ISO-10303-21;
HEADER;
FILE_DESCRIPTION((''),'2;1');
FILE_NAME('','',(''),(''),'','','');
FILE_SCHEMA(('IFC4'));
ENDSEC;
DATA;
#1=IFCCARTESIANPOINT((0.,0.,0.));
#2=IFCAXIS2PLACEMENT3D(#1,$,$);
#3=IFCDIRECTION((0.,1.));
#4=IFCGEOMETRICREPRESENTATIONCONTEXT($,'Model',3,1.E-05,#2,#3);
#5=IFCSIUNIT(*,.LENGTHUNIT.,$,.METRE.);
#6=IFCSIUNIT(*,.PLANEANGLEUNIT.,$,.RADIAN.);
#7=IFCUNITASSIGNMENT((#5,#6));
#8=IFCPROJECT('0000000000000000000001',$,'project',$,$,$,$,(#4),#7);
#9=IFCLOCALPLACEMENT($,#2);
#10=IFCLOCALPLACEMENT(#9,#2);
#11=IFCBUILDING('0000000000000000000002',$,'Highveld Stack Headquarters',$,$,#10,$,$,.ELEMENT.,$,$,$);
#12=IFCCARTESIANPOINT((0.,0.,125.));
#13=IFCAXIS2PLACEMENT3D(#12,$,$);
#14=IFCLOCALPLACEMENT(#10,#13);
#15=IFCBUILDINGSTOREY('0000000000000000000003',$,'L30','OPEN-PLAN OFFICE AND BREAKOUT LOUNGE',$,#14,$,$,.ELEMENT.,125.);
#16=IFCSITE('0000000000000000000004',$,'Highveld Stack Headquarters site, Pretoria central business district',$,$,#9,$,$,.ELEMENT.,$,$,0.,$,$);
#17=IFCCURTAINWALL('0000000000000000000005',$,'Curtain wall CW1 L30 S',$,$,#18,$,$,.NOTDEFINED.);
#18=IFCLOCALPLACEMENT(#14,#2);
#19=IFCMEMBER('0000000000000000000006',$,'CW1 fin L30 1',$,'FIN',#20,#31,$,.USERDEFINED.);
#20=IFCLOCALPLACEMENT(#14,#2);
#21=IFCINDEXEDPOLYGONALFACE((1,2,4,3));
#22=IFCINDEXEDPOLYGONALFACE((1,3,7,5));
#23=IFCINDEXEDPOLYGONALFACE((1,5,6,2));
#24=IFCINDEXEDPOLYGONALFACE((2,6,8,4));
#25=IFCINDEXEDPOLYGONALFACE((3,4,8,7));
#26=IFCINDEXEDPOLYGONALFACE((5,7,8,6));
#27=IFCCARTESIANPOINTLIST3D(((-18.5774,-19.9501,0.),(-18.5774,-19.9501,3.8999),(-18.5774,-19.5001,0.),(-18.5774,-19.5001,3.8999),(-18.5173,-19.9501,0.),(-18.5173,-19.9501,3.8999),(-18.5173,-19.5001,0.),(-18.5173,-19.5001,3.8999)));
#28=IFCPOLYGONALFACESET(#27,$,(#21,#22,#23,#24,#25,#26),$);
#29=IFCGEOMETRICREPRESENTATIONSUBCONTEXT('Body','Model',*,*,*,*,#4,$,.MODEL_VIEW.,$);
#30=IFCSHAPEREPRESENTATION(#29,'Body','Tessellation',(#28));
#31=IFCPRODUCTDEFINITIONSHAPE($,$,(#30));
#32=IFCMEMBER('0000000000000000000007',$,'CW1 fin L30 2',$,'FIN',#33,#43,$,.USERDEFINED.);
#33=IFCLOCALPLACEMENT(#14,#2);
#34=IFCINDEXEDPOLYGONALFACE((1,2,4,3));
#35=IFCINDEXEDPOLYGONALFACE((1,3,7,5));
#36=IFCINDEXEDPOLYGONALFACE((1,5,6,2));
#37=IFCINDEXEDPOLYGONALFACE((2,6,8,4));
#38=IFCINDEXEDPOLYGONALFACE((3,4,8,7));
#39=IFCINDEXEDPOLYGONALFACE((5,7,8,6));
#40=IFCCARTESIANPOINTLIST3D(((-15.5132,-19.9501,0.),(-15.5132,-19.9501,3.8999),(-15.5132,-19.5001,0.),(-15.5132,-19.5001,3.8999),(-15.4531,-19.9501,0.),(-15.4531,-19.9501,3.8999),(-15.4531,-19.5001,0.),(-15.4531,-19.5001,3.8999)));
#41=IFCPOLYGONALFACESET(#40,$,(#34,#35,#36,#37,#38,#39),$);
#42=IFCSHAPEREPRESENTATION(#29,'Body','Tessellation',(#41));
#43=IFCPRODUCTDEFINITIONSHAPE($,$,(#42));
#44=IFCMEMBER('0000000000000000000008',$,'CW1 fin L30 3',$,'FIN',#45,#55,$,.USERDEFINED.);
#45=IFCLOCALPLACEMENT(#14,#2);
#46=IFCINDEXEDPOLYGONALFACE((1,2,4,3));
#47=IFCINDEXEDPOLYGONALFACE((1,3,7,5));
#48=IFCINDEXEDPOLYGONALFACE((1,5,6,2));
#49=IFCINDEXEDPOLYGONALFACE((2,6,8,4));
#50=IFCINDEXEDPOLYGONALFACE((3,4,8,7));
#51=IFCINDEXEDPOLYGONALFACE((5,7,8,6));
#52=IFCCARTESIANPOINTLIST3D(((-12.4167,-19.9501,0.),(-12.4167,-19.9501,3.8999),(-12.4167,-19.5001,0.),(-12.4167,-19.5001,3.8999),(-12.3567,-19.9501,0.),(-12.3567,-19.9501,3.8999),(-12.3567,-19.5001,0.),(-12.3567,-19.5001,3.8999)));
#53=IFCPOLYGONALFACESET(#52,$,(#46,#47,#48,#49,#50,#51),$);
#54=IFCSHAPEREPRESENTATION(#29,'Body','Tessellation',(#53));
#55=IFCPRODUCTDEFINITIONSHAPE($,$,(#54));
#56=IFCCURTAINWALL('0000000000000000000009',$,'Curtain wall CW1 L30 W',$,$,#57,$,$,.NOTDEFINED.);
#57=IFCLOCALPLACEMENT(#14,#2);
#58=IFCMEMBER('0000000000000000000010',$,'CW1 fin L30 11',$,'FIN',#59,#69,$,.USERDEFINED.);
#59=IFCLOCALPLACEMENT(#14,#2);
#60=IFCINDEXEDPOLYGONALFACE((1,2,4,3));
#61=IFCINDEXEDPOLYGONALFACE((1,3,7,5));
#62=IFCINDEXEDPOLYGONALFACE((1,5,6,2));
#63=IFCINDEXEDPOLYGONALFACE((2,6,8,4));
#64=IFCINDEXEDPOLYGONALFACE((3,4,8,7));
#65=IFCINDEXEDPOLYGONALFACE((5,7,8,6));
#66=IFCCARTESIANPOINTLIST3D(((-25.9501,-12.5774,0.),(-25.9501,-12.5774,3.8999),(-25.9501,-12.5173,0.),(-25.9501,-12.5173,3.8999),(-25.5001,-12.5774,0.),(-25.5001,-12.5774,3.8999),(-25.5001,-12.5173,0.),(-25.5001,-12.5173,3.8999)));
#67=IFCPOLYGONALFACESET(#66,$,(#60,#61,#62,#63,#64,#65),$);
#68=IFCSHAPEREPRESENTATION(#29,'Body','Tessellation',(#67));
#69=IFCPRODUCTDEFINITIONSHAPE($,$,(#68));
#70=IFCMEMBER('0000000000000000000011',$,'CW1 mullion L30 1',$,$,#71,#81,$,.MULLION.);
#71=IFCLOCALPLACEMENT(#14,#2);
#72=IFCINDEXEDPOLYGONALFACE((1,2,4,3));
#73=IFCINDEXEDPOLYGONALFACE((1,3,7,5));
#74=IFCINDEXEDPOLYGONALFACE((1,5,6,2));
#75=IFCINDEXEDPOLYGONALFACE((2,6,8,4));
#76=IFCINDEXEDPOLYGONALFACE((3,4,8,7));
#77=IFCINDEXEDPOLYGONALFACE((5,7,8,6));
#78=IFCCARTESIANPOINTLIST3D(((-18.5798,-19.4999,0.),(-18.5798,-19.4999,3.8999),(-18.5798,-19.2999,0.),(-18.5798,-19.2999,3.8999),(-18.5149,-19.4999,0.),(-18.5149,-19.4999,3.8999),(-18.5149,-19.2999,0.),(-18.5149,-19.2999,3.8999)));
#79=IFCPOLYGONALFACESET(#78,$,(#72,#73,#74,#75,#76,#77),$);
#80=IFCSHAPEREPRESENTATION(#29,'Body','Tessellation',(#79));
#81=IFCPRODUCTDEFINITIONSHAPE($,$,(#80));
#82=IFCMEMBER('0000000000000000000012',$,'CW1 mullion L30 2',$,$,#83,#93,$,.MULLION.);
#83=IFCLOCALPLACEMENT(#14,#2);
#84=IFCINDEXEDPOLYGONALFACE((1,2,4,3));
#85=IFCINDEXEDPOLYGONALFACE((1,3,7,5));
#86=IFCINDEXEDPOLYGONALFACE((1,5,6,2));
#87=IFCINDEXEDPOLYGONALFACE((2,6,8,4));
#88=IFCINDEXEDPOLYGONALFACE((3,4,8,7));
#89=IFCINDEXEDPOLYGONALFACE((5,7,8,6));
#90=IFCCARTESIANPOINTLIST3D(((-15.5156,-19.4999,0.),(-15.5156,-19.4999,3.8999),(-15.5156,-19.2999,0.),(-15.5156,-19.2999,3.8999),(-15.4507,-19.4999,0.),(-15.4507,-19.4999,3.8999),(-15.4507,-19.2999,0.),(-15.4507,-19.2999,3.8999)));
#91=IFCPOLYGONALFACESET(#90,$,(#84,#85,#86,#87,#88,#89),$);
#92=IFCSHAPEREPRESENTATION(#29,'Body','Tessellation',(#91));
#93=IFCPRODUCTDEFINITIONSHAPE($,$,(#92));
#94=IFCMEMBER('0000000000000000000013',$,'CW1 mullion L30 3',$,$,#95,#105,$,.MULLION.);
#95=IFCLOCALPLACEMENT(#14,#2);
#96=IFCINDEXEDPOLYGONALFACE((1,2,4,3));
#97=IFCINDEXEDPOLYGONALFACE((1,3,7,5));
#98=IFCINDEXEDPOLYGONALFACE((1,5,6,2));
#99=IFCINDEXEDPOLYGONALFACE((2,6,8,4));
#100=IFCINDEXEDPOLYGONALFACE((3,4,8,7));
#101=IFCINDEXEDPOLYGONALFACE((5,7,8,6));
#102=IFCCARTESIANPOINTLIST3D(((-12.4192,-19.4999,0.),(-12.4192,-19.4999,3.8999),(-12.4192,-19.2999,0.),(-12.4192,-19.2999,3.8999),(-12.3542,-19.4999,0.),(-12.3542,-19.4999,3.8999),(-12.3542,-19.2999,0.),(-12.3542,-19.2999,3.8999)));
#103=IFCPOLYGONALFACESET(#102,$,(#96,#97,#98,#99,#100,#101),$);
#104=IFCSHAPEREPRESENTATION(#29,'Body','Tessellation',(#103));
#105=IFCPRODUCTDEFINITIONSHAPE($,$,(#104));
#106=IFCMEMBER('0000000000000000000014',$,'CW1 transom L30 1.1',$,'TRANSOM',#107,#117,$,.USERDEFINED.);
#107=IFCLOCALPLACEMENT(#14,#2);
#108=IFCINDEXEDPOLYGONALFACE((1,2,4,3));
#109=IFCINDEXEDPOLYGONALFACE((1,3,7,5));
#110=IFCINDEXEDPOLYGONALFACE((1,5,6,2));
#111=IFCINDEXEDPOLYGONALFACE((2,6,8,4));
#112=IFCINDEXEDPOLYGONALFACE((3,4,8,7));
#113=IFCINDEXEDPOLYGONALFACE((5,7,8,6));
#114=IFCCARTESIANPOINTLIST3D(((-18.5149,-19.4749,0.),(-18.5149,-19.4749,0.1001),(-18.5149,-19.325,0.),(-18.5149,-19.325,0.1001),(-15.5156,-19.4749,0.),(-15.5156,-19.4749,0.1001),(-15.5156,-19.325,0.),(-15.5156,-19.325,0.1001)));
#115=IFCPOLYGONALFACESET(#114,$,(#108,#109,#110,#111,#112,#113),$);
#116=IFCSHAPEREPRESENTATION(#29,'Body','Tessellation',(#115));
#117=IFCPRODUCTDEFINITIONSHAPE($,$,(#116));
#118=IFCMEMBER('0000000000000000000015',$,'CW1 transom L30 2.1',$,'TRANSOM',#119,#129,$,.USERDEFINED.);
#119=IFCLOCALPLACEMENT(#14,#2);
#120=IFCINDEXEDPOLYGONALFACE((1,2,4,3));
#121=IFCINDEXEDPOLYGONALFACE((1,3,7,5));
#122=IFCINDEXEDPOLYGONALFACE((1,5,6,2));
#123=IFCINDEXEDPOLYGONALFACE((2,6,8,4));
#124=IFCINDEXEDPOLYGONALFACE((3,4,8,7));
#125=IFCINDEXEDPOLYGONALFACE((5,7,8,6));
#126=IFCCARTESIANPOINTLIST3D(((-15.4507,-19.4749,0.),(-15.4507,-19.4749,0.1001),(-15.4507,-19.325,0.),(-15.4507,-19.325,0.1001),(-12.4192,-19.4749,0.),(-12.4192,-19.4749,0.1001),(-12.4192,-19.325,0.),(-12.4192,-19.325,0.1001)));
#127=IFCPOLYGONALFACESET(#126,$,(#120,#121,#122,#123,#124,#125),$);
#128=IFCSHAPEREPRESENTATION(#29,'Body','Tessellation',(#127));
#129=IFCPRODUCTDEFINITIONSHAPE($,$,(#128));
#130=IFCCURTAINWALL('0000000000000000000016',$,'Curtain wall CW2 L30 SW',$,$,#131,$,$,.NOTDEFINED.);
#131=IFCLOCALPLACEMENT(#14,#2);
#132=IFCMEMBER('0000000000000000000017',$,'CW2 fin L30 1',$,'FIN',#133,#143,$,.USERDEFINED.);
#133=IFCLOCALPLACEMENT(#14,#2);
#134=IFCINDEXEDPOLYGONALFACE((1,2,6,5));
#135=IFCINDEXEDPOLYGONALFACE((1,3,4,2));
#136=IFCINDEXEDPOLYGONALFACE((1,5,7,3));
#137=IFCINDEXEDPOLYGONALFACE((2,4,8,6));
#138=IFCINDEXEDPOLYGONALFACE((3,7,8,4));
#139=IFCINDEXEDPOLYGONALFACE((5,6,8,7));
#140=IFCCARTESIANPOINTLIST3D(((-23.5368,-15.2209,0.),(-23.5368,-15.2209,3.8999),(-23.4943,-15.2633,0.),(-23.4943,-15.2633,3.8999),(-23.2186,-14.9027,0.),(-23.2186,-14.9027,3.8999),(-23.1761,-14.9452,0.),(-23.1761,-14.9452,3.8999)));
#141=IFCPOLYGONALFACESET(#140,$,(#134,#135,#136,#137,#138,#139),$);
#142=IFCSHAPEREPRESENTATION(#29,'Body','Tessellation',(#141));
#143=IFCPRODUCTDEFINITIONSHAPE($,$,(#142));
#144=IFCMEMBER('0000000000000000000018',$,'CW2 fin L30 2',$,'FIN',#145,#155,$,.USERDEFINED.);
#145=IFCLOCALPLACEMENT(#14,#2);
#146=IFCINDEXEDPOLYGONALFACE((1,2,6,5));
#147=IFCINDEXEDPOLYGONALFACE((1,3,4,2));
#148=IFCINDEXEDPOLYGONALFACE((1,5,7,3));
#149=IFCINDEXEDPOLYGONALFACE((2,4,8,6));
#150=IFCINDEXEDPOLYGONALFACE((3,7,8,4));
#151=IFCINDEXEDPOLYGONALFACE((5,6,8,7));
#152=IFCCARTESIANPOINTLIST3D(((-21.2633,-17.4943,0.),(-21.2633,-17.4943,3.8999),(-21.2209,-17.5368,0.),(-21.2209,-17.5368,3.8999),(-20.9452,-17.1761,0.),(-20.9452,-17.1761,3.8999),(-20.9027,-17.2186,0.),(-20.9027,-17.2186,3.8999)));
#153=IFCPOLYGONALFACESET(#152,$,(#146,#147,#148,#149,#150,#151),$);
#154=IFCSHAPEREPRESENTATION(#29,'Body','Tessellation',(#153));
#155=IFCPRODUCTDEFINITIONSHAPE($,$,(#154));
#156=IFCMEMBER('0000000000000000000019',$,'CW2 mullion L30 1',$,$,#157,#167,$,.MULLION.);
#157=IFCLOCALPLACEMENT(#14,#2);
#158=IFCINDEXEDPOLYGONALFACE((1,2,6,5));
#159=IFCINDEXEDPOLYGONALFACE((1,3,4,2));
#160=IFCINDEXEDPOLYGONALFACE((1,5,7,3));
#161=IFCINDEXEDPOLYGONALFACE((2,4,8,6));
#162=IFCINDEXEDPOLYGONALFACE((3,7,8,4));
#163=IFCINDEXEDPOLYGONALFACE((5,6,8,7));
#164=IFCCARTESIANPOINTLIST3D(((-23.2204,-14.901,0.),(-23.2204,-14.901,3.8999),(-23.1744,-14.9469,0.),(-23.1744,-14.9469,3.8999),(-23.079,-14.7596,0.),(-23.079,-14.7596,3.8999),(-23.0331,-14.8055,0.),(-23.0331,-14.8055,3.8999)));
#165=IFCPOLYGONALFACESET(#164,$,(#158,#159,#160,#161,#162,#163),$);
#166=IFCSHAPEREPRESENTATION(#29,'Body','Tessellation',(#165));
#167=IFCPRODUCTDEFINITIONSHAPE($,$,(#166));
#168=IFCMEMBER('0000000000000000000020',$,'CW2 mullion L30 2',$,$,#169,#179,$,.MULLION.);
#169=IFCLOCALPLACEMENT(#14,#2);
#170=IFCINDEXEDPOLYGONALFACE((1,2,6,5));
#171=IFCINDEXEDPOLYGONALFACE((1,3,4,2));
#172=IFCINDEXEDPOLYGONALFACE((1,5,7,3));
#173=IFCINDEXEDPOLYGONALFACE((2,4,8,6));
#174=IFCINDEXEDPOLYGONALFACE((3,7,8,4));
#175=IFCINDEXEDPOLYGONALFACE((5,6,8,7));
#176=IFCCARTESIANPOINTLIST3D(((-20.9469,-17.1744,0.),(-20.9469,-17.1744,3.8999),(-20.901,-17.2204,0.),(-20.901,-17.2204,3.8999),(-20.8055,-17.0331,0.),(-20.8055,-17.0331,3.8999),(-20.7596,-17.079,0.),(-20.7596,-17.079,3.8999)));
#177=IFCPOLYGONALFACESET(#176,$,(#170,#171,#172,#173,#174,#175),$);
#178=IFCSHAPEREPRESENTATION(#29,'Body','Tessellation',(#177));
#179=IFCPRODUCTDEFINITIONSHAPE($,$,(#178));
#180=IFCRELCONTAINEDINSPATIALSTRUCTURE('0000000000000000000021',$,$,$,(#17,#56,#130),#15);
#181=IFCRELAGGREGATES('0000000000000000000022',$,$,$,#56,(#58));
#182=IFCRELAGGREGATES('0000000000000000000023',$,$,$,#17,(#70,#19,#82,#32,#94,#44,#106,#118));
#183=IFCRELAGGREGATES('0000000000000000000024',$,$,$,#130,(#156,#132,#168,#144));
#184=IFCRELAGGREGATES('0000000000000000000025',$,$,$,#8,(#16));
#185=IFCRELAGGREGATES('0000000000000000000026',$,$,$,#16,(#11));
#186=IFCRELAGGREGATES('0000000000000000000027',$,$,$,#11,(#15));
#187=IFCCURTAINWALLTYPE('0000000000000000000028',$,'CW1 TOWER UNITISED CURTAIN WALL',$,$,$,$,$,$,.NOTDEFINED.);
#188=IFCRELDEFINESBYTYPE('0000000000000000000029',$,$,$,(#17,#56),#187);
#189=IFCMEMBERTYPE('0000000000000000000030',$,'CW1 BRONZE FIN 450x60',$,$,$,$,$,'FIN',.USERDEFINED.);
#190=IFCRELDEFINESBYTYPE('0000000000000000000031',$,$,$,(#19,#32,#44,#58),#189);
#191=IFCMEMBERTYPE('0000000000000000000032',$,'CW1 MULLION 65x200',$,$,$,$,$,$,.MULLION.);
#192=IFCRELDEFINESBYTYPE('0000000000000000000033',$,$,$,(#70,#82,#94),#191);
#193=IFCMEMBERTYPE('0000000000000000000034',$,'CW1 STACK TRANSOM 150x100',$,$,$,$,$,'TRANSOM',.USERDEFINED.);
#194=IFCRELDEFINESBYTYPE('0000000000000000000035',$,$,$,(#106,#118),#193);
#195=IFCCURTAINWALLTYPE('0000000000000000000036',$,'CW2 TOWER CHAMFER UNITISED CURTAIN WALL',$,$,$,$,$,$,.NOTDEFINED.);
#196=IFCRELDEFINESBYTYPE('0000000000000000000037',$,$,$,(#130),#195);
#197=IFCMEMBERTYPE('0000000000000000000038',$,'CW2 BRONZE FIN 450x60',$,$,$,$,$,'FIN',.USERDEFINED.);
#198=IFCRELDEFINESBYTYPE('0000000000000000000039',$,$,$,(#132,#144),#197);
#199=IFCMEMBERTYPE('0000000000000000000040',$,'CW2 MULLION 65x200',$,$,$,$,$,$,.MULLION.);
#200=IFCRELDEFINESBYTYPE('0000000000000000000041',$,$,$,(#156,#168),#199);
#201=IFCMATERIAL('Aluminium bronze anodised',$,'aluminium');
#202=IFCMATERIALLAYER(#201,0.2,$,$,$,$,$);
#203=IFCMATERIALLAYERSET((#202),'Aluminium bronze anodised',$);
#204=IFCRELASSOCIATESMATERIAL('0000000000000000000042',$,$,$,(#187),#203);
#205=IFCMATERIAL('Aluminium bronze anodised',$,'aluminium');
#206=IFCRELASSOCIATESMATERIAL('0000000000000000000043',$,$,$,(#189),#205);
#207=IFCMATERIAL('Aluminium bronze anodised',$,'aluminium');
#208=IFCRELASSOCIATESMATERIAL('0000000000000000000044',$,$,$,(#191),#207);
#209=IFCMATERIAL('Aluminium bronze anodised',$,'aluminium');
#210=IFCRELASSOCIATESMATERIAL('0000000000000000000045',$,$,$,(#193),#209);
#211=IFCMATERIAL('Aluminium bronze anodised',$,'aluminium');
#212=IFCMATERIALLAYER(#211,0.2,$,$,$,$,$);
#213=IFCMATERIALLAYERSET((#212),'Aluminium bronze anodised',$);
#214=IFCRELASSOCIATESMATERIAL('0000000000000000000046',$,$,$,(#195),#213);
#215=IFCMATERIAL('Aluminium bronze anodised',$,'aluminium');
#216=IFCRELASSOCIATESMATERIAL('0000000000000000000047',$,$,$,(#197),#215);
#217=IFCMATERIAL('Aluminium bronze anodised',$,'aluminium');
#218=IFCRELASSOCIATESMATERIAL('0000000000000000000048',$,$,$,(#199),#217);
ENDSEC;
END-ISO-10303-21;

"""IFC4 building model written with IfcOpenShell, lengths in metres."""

from ifc_helpers import new_model, si_unit, direction, frame, origin, origin_2d, place, context, subcontext, project, spatial, rectangle, extrude, material, layer, layer_set, material_profile, profile_set, type_object, element, aggregate, save


model = new_model("IFC4")

# Units and contexts
model_context = context("Model", 3, precision=1e-05, world=origin(), true_north=direction((0.0, 1.0)))
body_context = subcontext(model_context, "Body", "Model", "MODEL_VIEW")
ifc_project = project(units=[si_unit("LENGTHUNIT", "METRE"), si_unit("PLANEANGLEUNIT", "RADIAN")], contexts=[model_context])

# Site, building, storey
site_placement = place(None, origin())
site = spatial("IfcSite", under=ifc_project, at=site_placement, Name="Highveld Stack Headquarters site, Pretoria central business district", CompositionType="ELEMENT", RefElevation=0.0)
building_placement = place(site_placement, origin())
building = spatial("IfcBuilding", under=site, at=building_placement, Name="Highveld Stack Headquarters", CompositionType="ELEMENT")
storey_placement = place(building_placement, frame((0.0, 0.0, 125.0)))
storey = spatial("IfcBuildingStorey", under=building, at=storey_placement, Name="L30", Description="OPEN-PLAN OFFICE AND BREAKOUT LOUNGE", CompositionType="ELEMENT", Elevation=125.0)

# Curtain wall, members
ifc_material_1 = material(Name="Aluminium bronze anodised", Category="aluminium")
ifc_layer_1 = layer(ifc_material_1, 0.2)
ifc_layer_set_1 = layer_set([ifc_layer_1], Name="Aluminium bronze anodised")
curtain_wall_type_1 = type_object("IfcCurtainWallType", Name="CW1 TOWER UNITISED CURTAIN WALL", PredefinedType="NOTDEFINED", material=ifc_layer_set_1)
curtain_wall_1_placement = place(storey_placement, origin())
curtain_wall_1 = element("IfcCurtainWall", 1, at=curtain_wall_1_placement, inside=storey, type_object=curtain_wall_type_1, Name="Curtain wall CW1 L30 S", PredefinedType="NOTDEFINED")
ifc_material_2 = material(Name="Aluminium bronze anodised", Category="aluminium")
ifc_material_profile_1 = material_profile(ifc_material_2, rectangle(XDim=0.45, YDim=0.0601, at=origin_2d()), Name="FIN 450x60")
ifc_profile_set_1 = profile_set([ifc_material_profile_1], Name="Aluminium bronze anodised")
member_type_1 = type_object("IfcMemberType", Name="CW1 BRONZE FIN 450x60", ElementType="FIN", PredefinedType="USERDEFINED", material=ifc_profile_set_1)
member_1_placement = place(storey_placement, frame((-18.5474, -19.7251, 0.0), z_axis=(0.0, 0.0, 1.0), x_axis=(0.0, 1.0, 0.0)))
member_1 = element("IfcMember", 2, at=member_1_placement, type_object=member_type_1, Name="CW1 fin L30 1", ObjectType="FIN", PredefinedType="USERDEFINED", context=body_context, shape_type="SweptSolid", body=[
    extrude(rectangle(XDim=0.45, YDim=0.0601, at=origin_2d()), origin(), (0.0, 0.0, 1.0), 3.8999),
])
member_2_placement = place(storey_placement, frame((-15.4832, -19.7251, 0.0), z_axis=(0.0, 0.0, 1.0), x_axis=(0.0, 1.0, 0.0)))
member_2 = element("IfcMember", 3, at=member_2_placement, type_object=member_type_1, Name="CW1 fin L30 2", ObjectType="FIN", PredefinedType="USERDEFINED", context=body_context, shape_type="SweptSolid", body=[
    extrude(rectangle(XDim=0.45, YDim=0.0601, at=origin_2d()), origin(), (0.0, 0.0, 1.0), 3.8999),
])
member_3_placement = place(storey_placement, frame((-12.3867, -19.7251, 0.0), z_axis=(0.0, 0.0, 1.0), x_axis=(0.0, 1.0, 0.0)))
member_3 = element("IfcMember", 4, at=member_3_placement, type_object=member_type_1, Name="CW1 fin L30 3", ObjectType="FIN", PredefinedType="USERDEFINED", context=body_context, shape_type="SweptSolid", body=[
    extrude(rectangle(XDim=0.45, YDim=0.0601, at=origin_2d()), origin(), (0.0, 0.0, 1.0), 3.8999),
])

# Curtain wall, member
curtain_wall_2_placement = place(storey_placement, origin())
curtain_wall_2 = element("IfcCurtainWall", 5, at=curtain_wall_2_placement, inside=storey, type_object=curtain_wall_type_1, Name="Curtain wall CW1 L30 W", PredefinedType="NOTDEFINED")
member_4_placement = place(storey_placement, frame((-25.7251, -12.5474, 0.0), z_axis=(0.0, 0.0, 1.0), x_axis=(1.0, 0.0, 0.0)))
member_4 = element("IfcMember", 6, at=member_4_placement, type_object=member_type_1, Name="CW1 fin L30 11", ObjectType="FIN", PredefinedType="USERDEFINED", context=body_context, shape_type="SweptSolid", body=[
    extrude(rectangle(XDim=0.45, YDim=0.0601, at=origin_2d()), origin(), (0.0, 0.0, 1.0), 3.8999),
])
aggregate(curtain_wall_2, [member_4])

# Members
ifc_material_3 = material(Name="Aluminium bronze anodised", Category="aluminium")
ifc_material_profile_2 = material_profile(ifc_material_3, rectangle(XDim=0.2, YDim=0.0649, at=origin_2d()), Name="CW1 MULLION 65x200")
ifc_profile_set_2 = profile_set([ifc_material_profile_2], Name="Aluminium bronze anodised")
member_type_2 = type_object("IfcMemberType", Name="CW1 MULLION 65x200", PredefinedType="MULLION", material=ifc_profile_set_2)
member_5_placement = place(storey_placement, frame((-18.5474, -19.3999, 0.0), z_axis=(0.0, 0.0, 1.0), x_axis=(0.0, 1.0, 0.0)))
member_5 = element("IfcMember", 7, at=member_5_placement, type_object=member_type_2, Name="CW1 mullion L30 1", PredefinedType="MULLION", context=body_context, shape_type="SweptSolid", body=[
    extrude(rectangle(XDim=0.2, YDim=0.0649, at=origin_2d()), origin(), (0.0, 0.0, 1.0), 3.8999),
])
member_6_placement = place(storey_placement, frame((-15.4832, -19.3999, 0.0), z_axis=(0.0, 0.0, 1.0), x_axis=(0.0, 1.0, 0.0)))
member_6 = element("IfcMember", 8, at=member_6_placement, type_object=member_type_2, Name="CW1 mullion L30 2", PredefinedType="MULLION", context=body_context, shape_type="SweptSolid", body=[
    extrude(rectangle(XDim=0.2, YDim=0.0649, at=origin_2d()), origin(), (0.0, 0.0, 1.0), 3.8999),
])
member_7_placement = place(storey_placement, frame((-12.3867, -19.3999, 0.0), z_axis=(0.0, 0.0, 1.0), x_axis=(0.0, 1.0, 0.0)))
member_7 = element("IfcMember", 9, at=member_7_placement, type_object=member_type_2, Name="CW1 mullion L30 3", PredefinedType="MULLION", context=body_context, shape_type="SweptSolid", body=[
    extrude(rectangle(XDim=0.2, YDim=0.0649, at=origin_2d()), origin(), (0.0, 0.0, 1.0), 3.8999),
])
ifc_material_4 = material(Name="Aluminium bronze anodised", Category="aluminium")
ifc_material_profile_3 = material_profile(ifc_material_4, rectangle(XDim=0.1499, YDim=0.1001, at=origin_2d()), Name="CW1 TRANSOM 150x100")
ifc_profile_set_3 = profile_set([ifc_material_profile_3], Name="Aluminium bronze anodised")
member_type_3 = type_object("IfcMemberType", Name="CW1 STACK TRANSOM 150x100", ElementType="TRANSOM", PredefinedType="USERDEFINED", material=ifc_profile_set_3)
member_8_placement = place(storey_placement, frame((-18.5149, -19.3999, 0.05), z_axis=(1.0, 0.0, 0.0), x_axis=(0.0, 1.0, 0.0)))
member_8 = element("IfcMember", 10, at=member_8_placement, type_object=member_type_3, Name="CW1 transom L30 1.1", ObjectType="TRANSOM", PredefinedType="USERDEFINED", context=body_context, shape_type="SweptSolid", body=[
    extrude(rectangle(XDim=0.1499, YDim=0.1001, at=origin_2d()), origin(), (0.0, 0.0, 1.0), 2.9993),
])
member_9_placement = place(storey_placement, frame((-15.4507, -19.3999, 0.05), z_axis=(1.0, 0.0, 0.0), x_axis=(0.0, 1.0, 0.0)))
member_9 = element("IfcMember", 11, at=member_9_placement, type_object=member_type_3, Name="CW1 transom L30 2.1", ObjectType="TRANSOM", PredefinedType="USERDEFINED", context=body_context, shape_type="SweptSolid", body=[
    extrude(rectangle(XDim=0.1499, YDim=0.1001, at=origin_2d()), origin(), (0.0, 0.0, 1.0), 3.0315),
])

# Curtain wall, members
ifc_material_5 = material(Name="Aluminium bronze anodised", Category="aluminium")
ifc_layer_2 = layer(ifc_material_5, 0.2)
ifc_layer_set_2 = layer_set([ifc_layer_2], Name="Aluminium bronze anodised")
curtain_wall_type_2 = type_object("IfcCurtainWallType", Name="CW2 TOWER CHAMFER UNITISED CURTAIN WALL", PredefinedType="NOTDEFINED", material=ifc_layer_set_2)
curtain_wall_3_placement = place(storey_placement, origin())
curtain_wall_3 = element("IfcCurtainWall", 12, at=curtain_wall_3_placement, inside=storey, type_object=curtain_wall_type_2, Name="Curtain wall CW2 L30 SW", PredefinedType="NOTDEFINED")
ifc_material_6 = material(Name="Aluminium bronze anodised", Category="aluminium")
ifc_material_profile_4 = material_profile(ifc_material_6, rectangle(XDim=0.45, YDim=0.0601, at=origin_2d()), Name="FIN 450x60")
ifc_profile_set_4 = profile_set([ifc_material_profile_4], Name="Aluminium bronze anodised")
member_type_4 = type_object("IfcMemberType", Name="CW2 BRONZE FIN 450x60", ElementType="FIN", PredefinedType="USERDEFINED", material=ifc_profile_set_4)
member_10_placement = place(storey_placement, frame((-23.3564, -15.083, 0.0), z_axis=(0.0, 0.0, 1.0), x_axis=(0.707107, 0.707107, 0.0)))
member_10 = element("IfcMember", 13, at=member_10_placement, type_object=member_type_4, Name="CW2 fin L30 1", ObjectType="FIN", PredefinedType="USERDEFINED", context=body_context, shape_type="SweptSolid", body=[
    extrude(rectangle(XDim=0.45, YDim=0.0601, at=origin_2d()), origin(), (0.0, 0.0, 1.0), 3.8999),
])
member_11_placement = place(storey_placement, frame((-21.083, -17.3564, 0.0), z_axis=(0.0, 0.0, 1.0), x_axis=(0.707107, 0.707107, 0.0)))
member_11 = element("IfcMember", 14, at=member_11_placement, type_object=member_type_4, Name="CW2 fin L30 2", ObjectType="FIN", PredefinedType="USERDEFINED", context=body_context, shape_type="SweptSolid", body=[
    extrude(rectangle(XDim=0.45, YDim=0.0601, at=origin_2d()), origin(), (0.0, 0.0, 1.0), 3.8999),
])
ifc_material_7 = material(Name="Aluminium bronze anodised", Category="aluminium")
ifc_material_profile_5 = material_profile(ifc_material_7, rectangle(XDim=0.2, YDim=0.0649, at=origin_2d()), Name="CW2 MULLION 65x200")
ifc_profile_set_5 = profile_set([ifc_material_profile_5], Name="Aluminium bronze anodised")
member_type_5 = type_object("IfcMemberType", Name="CW2 MULLION 65x200", PredefinedType="MULLION", material=ifc_profile_set_5)
member_12_placement = place(storey_placement, frame((-23.1267, -14.8533, 0.0), z_axis=(0.0, 0.0, 1.0), x_axis=(0.707107, 0.707107, 0.0)))
member_12 = element("IfcMember", 15, at=member_12_placement, type_object=member_type_5, Name="CW2 mullion L30 1", PredefinedType="MULLION", context=body_context, shape_type="SweptSolid", body=[
    extrude(rectangle(XDim=0.2, YDim=0.0649, at=origin_2d()), origin(), (0.0, 0.0, 1.0), 3.8999),
])
member_13_placement = place(storey_placement, frame((-20.8533, -17.1267, 0.0), z_axis=(0.0, 0.0, 1.0), x_axis=(0.707107, 0.707107, 0.0)))
member_13 = element("IfcMember", 16, at=member_13_placement, type_object=member_type_5, Name="CW2 mullion L30 2", PredefinedType="MULLION", context=body_context, shape_type="SweptSolid", body=[
    extrude(rectangle(XDim=0.2, YDim=0.0649, at=origin_2d()), origin(), (0.0, 0.0, 1.0), 3.8999),
])

aggregate(curtain_wall_1, [member_5, member_1, member_6, member_2, member_7, member_3, member_8, member_9])
aggregate(curtain_wall_3, [member_12, member_10, member_13, member_11])

save(model, "model.ifc")
